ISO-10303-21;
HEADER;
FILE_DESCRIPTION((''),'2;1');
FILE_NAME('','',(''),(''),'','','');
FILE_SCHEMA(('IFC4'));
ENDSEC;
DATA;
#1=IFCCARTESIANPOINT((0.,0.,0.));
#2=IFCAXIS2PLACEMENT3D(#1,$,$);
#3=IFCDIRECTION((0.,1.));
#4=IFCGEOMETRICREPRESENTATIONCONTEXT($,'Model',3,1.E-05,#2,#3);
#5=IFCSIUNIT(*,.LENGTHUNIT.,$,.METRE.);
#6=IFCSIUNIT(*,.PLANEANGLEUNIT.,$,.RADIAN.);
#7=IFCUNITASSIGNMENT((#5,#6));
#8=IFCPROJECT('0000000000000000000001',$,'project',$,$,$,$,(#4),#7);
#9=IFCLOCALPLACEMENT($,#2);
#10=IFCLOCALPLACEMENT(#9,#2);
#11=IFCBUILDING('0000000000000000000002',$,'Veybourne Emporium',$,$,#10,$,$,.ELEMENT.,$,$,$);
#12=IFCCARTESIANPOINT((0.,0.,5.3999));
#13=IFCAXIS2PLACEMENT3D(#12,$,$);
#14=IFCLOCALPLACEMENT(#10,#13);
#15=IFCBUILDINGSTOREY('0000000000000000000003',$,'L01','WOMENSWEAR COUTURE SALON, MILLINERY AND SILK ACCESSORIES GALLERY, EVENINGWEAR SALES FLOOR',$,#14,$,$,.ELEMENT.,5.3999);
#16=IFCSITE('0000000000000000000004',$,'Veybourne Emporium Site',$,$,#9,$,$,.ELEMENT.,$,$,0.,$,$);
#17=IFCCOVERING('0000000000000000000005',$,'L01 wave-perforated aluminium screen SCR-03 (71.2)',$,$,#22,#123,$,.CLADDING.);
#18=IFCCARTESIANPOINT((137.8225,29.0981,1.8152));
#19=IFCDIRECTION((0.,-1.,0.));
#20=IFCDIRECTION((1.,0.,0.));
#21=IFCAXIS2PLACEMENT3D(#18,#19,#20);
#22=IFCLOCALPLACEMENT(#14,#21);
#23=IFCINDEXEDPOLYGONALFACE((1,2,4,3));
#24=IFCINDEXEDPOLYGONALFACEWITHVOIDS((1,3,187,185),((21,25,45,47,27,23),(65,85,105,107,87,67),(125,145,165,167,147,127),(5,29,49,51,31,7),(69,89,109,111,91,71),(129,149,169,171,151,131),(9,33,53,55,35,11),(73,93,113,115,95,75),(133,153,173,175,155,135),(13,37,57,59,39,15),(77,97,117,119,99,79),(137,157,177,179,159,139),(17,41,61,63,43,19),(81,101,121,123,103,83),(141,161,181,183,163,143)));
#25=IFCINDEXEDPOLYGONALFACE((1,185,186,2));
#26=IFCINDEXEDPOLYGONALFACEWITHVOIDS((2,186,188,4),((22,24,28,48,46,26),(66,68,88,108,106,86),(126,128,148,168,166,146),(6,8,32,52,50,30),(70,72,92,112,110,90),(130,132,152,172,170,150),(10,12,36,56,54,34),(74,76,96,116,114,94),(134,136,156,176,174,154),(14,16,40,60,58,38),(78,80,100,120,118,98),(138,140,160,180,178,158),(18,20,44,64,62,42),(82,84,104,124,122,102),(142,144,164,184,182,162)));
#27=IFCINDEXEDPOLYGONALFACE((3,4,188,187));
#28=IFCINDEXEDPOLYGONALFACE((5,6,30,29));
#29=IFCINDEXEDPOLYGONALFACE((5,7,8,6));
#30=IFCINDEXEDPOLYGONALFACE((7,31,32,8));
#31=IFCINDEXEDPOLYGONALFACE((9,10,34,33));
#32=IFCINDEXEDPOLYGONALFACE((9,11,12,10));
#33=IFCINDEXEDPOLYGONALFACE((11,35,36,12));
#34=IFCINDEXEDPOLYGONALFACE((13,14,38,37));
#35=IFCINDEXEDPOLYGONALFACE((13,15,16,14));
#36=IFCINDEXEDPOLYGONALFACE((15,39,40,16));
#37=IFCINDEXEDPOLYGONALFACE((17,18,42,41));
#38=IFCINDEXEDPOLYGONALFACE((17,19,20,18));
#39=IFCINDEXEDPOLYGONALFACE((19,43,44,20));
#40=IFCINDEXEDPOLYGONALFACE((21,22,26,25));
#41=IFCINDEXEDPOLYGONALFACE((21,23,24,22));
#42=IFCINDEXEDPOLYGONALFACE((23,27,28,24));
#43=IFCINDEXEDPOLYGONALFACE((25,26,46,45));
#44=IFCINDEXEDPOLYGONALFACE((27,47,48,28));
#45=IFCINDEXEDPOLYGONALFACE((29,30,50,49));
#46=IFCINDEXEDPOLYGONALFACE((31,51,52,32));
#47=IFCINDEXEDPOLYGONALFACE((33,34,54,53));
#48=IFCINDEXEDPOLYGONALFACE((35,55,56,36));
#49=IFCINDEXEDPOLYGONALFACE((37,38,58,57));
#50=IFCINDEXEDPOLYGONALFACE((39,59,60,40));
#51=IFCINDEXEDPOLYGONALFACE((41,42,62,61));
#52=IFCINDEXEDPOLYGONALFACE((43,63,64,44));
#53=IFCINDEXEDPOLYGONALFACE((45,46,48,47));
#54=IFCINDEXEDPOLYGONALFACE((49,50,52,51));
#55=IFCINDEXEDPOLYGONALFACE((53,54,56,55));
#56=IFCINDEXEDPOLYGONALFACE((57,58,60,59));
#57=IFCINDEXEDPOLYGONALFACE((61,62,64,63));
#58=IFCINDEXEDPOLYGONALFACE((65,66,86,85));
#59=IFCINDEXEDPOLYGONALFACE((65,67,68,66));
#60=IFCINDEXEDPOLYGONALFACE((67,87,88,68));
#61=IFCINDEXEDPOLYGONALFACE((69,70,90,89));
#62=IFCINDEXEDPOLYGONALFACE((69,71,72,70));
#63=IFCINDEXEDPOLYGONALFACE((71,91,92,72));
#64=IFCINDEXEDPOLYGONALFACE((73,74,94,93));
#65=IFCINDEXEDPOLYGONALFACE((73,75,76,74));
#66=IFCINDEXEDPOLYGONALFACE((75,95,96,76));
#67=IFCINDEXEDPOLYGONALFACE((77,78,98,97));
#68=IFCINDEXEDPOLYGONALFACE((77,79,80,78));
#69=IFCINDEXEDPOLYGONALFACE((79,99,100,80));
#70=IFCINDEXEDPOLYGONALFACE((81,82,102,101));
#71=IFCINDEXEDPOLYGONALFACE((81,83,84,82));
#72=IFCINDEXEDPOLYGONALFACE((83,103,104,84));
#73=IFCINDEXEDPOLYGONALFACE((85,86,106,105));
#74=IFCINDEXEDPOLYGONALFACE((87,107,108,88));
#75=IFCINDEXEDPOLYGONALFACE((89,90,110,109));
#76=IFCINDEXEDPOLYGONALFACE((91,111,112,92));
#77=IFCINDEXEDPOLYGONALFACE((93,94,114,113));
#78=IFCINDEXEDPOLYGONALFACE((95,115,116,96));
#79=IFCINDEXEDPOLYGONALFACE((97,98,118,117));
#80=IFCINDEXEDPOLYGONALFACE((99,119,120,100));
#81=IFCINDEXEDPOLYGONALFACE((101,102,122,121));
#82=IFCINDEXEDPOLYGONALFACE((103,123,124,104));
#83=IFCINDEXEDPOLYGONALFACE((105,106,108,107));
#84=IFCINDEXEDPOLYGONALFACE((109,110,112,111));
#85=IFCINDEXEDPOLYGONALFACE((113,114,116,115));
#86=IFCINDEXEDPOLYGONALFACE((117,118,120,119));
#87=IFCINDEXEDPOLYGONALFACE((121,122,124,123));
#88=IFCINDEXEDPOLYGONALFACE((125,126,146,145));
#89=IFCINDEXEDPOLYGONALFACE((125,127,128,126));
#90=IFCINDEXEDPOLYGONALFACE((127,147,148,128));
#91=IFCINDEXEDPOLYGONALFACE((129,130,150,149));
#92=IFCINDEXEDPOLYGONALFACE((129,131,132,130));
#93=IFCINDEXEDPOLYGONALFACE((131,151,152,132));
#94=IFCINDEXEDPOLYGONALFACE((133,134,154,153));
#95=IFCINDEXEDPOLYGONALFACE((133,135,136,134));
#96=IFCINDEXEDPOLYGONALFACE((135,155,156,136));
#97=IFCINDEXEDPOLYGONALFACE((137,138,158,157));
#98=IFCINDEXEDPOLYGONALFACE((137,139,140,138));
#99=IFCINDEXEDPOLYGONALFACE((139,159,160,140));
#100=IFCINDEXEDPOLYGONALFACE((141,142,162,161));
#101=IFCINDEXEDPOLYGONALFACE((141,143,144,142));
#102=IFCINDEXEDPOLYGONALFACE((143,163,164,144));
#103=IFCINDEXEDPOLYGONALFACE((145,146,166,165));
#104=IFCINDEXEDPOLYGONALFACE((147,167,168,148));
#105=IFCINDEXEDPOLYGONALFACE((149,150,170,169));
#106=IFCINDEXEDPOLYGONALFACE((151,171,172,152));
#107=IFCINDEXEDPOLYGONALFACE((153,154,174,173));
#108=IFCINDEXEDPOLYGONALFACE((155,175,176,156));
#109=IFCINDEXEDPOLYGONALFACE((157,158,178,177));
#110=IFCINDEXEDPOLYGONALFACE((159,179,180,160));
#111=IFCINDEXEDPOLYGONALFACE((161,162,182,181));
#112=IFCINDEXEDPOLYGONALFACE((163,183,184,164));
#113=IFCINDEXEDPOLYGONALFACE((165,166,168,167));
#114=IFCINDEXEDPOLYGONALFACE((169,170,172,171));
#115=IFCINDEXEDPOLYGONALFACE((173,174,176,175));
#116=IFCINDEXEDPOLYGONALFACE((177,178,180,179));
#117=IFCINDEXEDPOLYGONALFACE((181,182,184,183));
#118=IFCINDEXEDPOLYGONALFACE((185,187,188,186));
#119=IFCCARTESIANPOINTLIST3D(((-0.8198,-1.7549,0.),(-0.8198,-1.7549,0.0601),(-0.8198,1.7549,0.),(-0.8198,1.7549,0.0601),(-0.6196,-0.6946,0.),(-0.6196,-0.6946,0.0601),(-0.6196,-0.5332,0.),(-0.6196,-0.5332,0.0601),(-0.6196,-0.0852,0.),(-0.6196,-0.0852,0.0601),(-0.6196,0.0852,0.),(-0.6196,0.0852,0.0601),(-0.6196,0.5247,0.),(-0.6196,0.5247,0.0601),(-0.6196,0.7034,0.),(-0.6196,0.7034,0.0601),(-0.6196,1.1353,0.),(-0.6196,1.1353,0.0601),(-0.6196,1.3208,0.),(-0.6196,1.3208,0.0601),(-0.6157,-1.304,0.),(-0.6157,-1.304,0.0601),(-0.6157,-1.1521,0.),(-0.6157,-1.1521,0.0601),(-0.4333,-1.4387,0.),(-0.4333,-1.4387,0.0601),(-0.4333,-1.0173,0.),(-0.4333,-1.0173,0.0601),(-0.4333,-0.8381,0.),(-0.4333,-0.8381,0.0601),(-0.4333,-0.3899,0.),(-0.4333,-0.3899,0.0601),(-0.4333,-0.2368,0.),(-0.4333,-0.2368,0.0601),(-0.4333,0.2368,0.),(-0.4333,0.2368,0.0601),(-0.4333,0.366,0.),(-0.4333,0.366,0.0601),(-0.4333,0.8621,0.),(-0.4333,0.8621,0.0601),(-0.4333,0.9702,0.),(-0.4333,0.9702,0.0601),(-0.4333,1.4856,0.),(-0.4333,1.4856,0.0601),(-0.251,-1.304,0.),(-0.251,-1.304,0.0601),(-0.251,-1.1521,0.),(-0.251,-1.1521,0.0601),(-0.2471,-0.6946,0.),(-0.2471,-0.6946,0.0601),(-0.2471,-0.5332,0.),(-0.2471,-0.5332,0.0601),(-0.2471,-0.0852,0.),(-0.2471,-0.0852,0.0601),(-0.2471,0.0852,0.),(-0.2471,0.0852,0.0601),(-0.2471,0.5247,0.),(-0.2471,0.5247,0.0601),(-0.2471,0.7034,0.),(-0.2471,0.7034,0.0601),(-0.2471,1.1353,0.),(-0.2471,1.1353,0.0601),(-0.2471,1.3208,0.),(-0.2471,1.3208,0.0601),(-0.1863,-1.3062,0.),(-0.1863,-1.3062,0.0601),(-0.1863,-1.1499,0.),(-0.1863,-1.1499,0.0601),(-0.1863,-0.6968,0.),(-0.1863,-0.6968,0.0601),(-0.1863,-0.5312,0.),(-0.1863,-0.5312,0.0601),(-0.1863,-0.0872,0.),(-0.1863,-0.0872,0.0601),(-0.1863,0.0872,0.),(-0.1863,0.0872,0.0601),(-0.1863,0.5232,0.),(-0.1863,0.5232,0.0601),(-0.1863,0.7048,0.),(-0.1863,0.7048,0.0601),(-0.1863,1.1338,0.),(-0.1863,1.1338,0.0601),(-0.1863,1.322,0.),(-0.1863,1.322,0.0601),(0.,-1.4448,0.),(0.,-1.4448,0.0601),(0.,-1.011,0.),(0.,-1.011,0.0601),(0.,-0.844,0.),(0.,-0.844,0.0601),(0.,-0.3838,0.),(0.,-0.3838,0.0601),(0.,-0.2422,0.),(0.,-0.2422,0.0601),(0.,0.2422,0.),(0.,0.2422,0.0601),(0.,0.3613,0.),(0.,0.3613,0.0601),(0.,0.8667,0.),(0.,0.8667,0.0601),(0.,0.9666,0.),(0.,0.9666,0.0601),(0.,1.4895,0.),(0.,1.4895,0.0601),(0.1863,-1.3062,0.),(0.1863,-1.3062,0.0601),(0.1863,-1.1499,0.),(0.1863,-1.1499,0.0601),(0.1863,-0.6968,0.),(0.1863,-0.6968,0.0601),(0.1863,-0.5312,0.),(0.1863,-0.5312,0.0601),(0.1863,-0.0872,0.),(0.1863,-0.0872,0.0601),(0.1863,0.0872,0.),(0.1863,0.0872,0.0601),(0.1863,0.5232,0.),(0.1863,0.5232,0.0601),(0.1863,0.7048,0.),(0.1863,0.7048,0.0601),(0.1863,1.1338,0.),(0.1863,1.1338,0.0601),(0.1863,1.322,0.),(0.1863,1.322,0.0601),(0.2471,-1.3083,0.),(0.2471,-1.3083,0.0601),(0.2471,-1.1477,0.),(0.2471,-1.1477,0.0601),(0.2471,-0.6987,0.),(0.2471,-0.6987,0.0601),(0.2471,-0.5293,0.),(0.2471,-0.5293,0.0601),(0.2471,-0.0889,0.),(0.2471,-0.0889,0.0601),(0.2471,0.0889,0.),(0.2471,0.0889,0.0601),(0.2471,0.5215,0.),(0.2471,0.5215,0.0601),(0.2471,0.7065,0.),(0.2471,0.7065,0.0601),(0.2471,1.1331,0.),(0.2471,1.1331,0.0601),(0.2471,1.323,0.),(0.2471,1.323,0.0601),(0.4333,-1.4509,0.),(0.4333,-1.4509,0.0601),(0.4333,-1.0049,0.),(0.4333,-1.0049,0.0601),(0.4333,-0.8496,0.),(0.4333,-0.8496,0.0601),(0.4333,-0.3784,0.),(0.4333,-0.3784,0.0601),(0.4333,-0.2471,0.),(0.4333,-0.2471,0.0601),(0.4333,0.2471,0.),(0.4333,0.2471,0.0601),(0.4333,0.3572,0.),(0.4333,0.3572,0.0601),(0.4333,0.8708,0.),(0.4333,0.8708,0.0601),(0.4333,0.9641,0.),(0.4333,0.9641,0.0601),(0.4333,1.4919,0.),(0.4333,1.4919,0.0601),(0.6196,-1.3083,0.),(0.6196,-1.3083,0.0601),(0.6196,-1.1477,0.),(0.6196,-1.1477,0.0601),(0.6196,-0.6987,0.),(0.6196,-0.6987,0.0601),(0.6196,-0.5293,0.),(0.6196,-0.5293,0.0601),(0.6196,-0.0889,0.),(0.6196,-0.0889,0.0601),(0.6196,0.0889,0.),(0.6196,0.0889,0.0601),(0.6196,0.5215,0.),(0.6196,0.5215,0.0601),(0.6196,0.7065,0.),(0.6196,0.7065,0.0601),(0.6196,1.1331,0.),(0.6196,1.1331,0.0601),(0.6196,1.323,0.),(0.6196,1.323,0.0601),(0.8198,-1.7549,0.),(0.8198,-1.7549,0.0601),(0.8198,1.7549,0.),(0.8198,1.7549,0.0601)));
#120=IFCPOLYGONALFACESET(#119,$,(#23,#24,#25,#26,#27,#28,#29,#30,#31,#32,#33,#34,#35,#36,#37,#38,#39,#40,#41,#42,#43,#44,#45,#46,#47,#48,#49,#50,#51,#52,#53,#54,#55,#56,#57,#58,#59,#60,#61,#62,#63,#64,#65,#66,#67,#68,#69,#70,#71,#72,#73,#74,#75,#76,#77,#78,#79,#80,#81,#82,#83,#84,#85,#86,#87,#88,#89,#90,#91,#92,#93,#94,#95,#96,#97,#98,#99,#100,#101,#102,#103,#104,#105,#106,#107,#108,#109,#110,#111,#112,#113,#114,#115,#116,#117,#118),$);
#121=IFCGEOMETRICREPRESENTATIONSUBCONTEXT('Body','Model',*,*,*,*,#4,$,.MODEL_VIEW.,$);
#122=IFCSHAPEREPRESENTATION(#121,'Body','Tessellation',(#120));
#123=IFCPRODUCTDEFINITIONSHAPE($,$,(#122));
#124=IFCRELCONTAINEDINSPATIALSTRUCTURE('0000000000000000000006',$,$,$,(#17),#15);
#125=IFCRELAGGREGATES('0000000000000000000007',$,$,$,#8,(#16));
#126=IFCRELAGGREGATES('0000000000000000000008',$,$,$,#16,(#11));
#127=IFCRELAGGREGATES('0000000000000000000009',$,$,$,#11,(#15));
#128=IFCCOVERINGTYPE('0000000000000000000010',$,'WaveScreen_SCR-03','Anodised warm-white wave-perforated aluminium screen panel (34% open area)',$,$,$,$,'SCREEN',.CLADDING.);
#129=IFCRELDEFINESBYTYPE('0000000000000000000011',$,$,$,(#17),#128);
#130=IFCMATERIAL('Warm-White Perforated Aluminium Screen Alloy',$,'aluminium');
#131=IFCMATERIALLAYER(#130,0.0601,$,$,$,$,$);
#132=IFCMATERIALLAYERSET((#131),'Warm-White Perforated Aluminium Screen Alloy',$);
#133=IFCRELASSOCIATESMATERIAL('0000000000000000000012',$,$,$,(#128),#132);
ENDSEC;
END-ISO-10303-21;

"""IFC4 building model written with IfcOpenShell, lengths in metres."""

from ifc_helpers import new_model, si_unit, direction, frame, origin, place, context, subcontext, project, spatial, polyline, outline, extrude, material, layer, layer_set, type_object, element, save


model = new_model("IFC4")

# Units and contexts
model_context = context("Model", 3, precision=1e-05, world=origin(), true_north=direction((0.0, 1.0)))
body_context = subcontext(model_context, "Body", "Model", "MODEL_VIEW")
ifc_project = project(units=[si_unit("LENGTHUNIT", "METRE"), si_unit("PLANEANGLEUNIT", "RADIAN")], contexts=[model_context])

# Site, building, storey
site_placement = place(None, origin())
site = spatial("IfcSite", under=ifc_project, at=site_placement, Name="Veybourne Emporium Site", CompositionType="ELEMENT", RefElevation=0.0)
building_placement = place(site_placement, origin())
building = spatial("IfcBuilding", under=site, at=building_placement, Name="Veybourne Emporium", CompositionType="ELEMENT")
storey_placement = place(building_placement, frame((0.0, 0.0, 5.3999)))
storey = spatial("IfcBuildingStorey", under=building, at=storey_placement, Name="L01", Description="WOMENSWEAR COUTURE SALON, MILLINERY AND SILK ACCESSORIES GALLERY, EVENINGWEAR SALES FLOOR", CompositionType="ELEMENT", Elevation=5.3999)

# Covering
ifc_material_1 = material(Name="Warm-White Perforated Aluminium Screen Alloy", Category="aluminium")
ifc_layer_1 = layer(ifc_material_1, 0.0601)
ifc_layer_set_1 = layer_set([ifc_layer_1], Name="Warm-White Perforated Aluminium Screen Alloy")
covering_type_1 = type_object("IfcCoveringType", Name="WaveScreen_SCR-03", Description="Anodised warm-white wave-perforated aluminium screen panel (34% open area)", ElementType="SCREEN", PredefinedType="CLADDING", material=ifc_layer_set_1)
covering_1_placement = place(storey_placement, frame((137.8225, 29.0981, 1.8152), z_axis=(0.0, -1.0, 0.0), x_axis=(1.0, 0.0, 0.0)))
element("IfcCovering", 1, at=covering_1_placement, inside=storey, type_object=covering_type_1, Name="L01 wave-perforated aluminium screen SCR-03 (71.2)", PredefinedType="CLADDING", context=body_context, shape_type="SweptSolid", body=[
    extrude(outline(polyline([(-0.8198, -1.7549), (0.8198, -1.7549), (0.8198, 1.7549), (-0.8198, 1.7549), (-0.8198, -1.7549)]), holes=[polyline([(-0.4333, -1.0173), (-0.251, -1.1521), (-0.251, -1.304), (-0.4333, -1.4387), (-0.6157, -1.304), (-0.6157, -1.1521), (-0.4333, -1.0173)]), polyline([(-0.4333, -0.3899), (-0.2471, -0.5332), (-0.2471, -0.6946), (-0.4333, -0.8381), (-0.6196, -0.6946), (-0.6196, -0.5332), (-0.4333, -0.3899)]), polyline([(-0.4333, 0.2368), (-0.2471, 0.0852), (-0.2471, -0.0852), (-0.4333, -0.2368), (-0.6196, -0.0852), (-0.6196, 0.0852), (-0.4333, 0.2368)]), polyline([(-0.4333, 0.8621), (-0.2471, 0.7034), (-0.2471, 0.5247), (-0.4333, 0.366), (-0.6196, 0.5247), (-0.6196, 0.7034), (-0.4333, 0.8621)]), polyline([(-0.4333, 1.4856), (-0.2471, 1.3208), (-0.2471, 1.1353), (-0.4333, 0.9702), (-0.6196, 1.1353), (-0.6196, 1.3208), (-0.4333, 1.4856)]), polyline([(0.0, -1.011), (0.1863, -1.1499), (0.1863, -1.3062), (0.0, -1.4448), (-0.1863, -1.3062), (-0.1863, -1.1499), (0.0, -1.011)]), polyline([(0.0, -0.3838), (0.1863, -0.5312), (0.1863, -0.6968), (0.0, -0.844), (-0.1863, -0.6968), (-0.1863, -0.5312), (0.0, -0.3838)]), polyline([(0.0, 0.2422), (0.1863, 0.0872), (0.1863, -0.0872), (0.0, -0.2422), (-0.1863, -0.0872), (-0.1863, 0.0872), (0.0, 0.2422)]), polyline([(0.0, 0.8667), (0.1863, 0.7048), (0.1863, 0.5232), (0.0, 0.3613), (-0.1863, 0.5232), (-0.1863, 0.7048), (0.0, 0.8667)]), polyline([(0.0, 1.4895), (0.1863, 1.322), (0.1863, 1.1338), (0.0, 0.9666), (-0.1863, 1.1338), (-0.1863, 1.322), (0.0, 1.4895)]), polyline([(0.4333, -1.0049), (0.6196, -1.1477), (0.6196, -1.3083), (0.4333, -1.4509), (0.2471, -1.3083), (0.2471, -1.1477), (0.4333, -1.0049)]), polyline([(0.4333, -0.3784), (0.6196, -0.5293), (0.6196, -0.6987), (0.4333, -0.8496), (0.2471, -0.6987), (0.2471, -0.5293), (0.4333, -0.3784)]), polyline([(0.4333, 0.2471), (0.6196, 0.0889), (0.6196, -0.0889), (0.4333, -0.2471), (0.2471, -0.0889), (0.2471, 0.0889), (0.4333, 0.2471)]), polyline([(0.4333, 0.8708), (0.6196, 0.7065), (0.6196, 0.5215), (0.4333, 0.3572), (0.2471, 0.5215), (0.2471, 0.7065), (0.4333, 0.8708)]), polyline([(0.4333, 1.4919), (0.6196, 1.323), (0.6196, 1.1331), (0.4333, 0.9641), (0.2471, 1.1331), (0.2471, 1.323), (0.4333, 1.4919)])]), origin(), (0.0, 0.0, 1.0), 0.0601),
])

save(model, "model.ifc")
